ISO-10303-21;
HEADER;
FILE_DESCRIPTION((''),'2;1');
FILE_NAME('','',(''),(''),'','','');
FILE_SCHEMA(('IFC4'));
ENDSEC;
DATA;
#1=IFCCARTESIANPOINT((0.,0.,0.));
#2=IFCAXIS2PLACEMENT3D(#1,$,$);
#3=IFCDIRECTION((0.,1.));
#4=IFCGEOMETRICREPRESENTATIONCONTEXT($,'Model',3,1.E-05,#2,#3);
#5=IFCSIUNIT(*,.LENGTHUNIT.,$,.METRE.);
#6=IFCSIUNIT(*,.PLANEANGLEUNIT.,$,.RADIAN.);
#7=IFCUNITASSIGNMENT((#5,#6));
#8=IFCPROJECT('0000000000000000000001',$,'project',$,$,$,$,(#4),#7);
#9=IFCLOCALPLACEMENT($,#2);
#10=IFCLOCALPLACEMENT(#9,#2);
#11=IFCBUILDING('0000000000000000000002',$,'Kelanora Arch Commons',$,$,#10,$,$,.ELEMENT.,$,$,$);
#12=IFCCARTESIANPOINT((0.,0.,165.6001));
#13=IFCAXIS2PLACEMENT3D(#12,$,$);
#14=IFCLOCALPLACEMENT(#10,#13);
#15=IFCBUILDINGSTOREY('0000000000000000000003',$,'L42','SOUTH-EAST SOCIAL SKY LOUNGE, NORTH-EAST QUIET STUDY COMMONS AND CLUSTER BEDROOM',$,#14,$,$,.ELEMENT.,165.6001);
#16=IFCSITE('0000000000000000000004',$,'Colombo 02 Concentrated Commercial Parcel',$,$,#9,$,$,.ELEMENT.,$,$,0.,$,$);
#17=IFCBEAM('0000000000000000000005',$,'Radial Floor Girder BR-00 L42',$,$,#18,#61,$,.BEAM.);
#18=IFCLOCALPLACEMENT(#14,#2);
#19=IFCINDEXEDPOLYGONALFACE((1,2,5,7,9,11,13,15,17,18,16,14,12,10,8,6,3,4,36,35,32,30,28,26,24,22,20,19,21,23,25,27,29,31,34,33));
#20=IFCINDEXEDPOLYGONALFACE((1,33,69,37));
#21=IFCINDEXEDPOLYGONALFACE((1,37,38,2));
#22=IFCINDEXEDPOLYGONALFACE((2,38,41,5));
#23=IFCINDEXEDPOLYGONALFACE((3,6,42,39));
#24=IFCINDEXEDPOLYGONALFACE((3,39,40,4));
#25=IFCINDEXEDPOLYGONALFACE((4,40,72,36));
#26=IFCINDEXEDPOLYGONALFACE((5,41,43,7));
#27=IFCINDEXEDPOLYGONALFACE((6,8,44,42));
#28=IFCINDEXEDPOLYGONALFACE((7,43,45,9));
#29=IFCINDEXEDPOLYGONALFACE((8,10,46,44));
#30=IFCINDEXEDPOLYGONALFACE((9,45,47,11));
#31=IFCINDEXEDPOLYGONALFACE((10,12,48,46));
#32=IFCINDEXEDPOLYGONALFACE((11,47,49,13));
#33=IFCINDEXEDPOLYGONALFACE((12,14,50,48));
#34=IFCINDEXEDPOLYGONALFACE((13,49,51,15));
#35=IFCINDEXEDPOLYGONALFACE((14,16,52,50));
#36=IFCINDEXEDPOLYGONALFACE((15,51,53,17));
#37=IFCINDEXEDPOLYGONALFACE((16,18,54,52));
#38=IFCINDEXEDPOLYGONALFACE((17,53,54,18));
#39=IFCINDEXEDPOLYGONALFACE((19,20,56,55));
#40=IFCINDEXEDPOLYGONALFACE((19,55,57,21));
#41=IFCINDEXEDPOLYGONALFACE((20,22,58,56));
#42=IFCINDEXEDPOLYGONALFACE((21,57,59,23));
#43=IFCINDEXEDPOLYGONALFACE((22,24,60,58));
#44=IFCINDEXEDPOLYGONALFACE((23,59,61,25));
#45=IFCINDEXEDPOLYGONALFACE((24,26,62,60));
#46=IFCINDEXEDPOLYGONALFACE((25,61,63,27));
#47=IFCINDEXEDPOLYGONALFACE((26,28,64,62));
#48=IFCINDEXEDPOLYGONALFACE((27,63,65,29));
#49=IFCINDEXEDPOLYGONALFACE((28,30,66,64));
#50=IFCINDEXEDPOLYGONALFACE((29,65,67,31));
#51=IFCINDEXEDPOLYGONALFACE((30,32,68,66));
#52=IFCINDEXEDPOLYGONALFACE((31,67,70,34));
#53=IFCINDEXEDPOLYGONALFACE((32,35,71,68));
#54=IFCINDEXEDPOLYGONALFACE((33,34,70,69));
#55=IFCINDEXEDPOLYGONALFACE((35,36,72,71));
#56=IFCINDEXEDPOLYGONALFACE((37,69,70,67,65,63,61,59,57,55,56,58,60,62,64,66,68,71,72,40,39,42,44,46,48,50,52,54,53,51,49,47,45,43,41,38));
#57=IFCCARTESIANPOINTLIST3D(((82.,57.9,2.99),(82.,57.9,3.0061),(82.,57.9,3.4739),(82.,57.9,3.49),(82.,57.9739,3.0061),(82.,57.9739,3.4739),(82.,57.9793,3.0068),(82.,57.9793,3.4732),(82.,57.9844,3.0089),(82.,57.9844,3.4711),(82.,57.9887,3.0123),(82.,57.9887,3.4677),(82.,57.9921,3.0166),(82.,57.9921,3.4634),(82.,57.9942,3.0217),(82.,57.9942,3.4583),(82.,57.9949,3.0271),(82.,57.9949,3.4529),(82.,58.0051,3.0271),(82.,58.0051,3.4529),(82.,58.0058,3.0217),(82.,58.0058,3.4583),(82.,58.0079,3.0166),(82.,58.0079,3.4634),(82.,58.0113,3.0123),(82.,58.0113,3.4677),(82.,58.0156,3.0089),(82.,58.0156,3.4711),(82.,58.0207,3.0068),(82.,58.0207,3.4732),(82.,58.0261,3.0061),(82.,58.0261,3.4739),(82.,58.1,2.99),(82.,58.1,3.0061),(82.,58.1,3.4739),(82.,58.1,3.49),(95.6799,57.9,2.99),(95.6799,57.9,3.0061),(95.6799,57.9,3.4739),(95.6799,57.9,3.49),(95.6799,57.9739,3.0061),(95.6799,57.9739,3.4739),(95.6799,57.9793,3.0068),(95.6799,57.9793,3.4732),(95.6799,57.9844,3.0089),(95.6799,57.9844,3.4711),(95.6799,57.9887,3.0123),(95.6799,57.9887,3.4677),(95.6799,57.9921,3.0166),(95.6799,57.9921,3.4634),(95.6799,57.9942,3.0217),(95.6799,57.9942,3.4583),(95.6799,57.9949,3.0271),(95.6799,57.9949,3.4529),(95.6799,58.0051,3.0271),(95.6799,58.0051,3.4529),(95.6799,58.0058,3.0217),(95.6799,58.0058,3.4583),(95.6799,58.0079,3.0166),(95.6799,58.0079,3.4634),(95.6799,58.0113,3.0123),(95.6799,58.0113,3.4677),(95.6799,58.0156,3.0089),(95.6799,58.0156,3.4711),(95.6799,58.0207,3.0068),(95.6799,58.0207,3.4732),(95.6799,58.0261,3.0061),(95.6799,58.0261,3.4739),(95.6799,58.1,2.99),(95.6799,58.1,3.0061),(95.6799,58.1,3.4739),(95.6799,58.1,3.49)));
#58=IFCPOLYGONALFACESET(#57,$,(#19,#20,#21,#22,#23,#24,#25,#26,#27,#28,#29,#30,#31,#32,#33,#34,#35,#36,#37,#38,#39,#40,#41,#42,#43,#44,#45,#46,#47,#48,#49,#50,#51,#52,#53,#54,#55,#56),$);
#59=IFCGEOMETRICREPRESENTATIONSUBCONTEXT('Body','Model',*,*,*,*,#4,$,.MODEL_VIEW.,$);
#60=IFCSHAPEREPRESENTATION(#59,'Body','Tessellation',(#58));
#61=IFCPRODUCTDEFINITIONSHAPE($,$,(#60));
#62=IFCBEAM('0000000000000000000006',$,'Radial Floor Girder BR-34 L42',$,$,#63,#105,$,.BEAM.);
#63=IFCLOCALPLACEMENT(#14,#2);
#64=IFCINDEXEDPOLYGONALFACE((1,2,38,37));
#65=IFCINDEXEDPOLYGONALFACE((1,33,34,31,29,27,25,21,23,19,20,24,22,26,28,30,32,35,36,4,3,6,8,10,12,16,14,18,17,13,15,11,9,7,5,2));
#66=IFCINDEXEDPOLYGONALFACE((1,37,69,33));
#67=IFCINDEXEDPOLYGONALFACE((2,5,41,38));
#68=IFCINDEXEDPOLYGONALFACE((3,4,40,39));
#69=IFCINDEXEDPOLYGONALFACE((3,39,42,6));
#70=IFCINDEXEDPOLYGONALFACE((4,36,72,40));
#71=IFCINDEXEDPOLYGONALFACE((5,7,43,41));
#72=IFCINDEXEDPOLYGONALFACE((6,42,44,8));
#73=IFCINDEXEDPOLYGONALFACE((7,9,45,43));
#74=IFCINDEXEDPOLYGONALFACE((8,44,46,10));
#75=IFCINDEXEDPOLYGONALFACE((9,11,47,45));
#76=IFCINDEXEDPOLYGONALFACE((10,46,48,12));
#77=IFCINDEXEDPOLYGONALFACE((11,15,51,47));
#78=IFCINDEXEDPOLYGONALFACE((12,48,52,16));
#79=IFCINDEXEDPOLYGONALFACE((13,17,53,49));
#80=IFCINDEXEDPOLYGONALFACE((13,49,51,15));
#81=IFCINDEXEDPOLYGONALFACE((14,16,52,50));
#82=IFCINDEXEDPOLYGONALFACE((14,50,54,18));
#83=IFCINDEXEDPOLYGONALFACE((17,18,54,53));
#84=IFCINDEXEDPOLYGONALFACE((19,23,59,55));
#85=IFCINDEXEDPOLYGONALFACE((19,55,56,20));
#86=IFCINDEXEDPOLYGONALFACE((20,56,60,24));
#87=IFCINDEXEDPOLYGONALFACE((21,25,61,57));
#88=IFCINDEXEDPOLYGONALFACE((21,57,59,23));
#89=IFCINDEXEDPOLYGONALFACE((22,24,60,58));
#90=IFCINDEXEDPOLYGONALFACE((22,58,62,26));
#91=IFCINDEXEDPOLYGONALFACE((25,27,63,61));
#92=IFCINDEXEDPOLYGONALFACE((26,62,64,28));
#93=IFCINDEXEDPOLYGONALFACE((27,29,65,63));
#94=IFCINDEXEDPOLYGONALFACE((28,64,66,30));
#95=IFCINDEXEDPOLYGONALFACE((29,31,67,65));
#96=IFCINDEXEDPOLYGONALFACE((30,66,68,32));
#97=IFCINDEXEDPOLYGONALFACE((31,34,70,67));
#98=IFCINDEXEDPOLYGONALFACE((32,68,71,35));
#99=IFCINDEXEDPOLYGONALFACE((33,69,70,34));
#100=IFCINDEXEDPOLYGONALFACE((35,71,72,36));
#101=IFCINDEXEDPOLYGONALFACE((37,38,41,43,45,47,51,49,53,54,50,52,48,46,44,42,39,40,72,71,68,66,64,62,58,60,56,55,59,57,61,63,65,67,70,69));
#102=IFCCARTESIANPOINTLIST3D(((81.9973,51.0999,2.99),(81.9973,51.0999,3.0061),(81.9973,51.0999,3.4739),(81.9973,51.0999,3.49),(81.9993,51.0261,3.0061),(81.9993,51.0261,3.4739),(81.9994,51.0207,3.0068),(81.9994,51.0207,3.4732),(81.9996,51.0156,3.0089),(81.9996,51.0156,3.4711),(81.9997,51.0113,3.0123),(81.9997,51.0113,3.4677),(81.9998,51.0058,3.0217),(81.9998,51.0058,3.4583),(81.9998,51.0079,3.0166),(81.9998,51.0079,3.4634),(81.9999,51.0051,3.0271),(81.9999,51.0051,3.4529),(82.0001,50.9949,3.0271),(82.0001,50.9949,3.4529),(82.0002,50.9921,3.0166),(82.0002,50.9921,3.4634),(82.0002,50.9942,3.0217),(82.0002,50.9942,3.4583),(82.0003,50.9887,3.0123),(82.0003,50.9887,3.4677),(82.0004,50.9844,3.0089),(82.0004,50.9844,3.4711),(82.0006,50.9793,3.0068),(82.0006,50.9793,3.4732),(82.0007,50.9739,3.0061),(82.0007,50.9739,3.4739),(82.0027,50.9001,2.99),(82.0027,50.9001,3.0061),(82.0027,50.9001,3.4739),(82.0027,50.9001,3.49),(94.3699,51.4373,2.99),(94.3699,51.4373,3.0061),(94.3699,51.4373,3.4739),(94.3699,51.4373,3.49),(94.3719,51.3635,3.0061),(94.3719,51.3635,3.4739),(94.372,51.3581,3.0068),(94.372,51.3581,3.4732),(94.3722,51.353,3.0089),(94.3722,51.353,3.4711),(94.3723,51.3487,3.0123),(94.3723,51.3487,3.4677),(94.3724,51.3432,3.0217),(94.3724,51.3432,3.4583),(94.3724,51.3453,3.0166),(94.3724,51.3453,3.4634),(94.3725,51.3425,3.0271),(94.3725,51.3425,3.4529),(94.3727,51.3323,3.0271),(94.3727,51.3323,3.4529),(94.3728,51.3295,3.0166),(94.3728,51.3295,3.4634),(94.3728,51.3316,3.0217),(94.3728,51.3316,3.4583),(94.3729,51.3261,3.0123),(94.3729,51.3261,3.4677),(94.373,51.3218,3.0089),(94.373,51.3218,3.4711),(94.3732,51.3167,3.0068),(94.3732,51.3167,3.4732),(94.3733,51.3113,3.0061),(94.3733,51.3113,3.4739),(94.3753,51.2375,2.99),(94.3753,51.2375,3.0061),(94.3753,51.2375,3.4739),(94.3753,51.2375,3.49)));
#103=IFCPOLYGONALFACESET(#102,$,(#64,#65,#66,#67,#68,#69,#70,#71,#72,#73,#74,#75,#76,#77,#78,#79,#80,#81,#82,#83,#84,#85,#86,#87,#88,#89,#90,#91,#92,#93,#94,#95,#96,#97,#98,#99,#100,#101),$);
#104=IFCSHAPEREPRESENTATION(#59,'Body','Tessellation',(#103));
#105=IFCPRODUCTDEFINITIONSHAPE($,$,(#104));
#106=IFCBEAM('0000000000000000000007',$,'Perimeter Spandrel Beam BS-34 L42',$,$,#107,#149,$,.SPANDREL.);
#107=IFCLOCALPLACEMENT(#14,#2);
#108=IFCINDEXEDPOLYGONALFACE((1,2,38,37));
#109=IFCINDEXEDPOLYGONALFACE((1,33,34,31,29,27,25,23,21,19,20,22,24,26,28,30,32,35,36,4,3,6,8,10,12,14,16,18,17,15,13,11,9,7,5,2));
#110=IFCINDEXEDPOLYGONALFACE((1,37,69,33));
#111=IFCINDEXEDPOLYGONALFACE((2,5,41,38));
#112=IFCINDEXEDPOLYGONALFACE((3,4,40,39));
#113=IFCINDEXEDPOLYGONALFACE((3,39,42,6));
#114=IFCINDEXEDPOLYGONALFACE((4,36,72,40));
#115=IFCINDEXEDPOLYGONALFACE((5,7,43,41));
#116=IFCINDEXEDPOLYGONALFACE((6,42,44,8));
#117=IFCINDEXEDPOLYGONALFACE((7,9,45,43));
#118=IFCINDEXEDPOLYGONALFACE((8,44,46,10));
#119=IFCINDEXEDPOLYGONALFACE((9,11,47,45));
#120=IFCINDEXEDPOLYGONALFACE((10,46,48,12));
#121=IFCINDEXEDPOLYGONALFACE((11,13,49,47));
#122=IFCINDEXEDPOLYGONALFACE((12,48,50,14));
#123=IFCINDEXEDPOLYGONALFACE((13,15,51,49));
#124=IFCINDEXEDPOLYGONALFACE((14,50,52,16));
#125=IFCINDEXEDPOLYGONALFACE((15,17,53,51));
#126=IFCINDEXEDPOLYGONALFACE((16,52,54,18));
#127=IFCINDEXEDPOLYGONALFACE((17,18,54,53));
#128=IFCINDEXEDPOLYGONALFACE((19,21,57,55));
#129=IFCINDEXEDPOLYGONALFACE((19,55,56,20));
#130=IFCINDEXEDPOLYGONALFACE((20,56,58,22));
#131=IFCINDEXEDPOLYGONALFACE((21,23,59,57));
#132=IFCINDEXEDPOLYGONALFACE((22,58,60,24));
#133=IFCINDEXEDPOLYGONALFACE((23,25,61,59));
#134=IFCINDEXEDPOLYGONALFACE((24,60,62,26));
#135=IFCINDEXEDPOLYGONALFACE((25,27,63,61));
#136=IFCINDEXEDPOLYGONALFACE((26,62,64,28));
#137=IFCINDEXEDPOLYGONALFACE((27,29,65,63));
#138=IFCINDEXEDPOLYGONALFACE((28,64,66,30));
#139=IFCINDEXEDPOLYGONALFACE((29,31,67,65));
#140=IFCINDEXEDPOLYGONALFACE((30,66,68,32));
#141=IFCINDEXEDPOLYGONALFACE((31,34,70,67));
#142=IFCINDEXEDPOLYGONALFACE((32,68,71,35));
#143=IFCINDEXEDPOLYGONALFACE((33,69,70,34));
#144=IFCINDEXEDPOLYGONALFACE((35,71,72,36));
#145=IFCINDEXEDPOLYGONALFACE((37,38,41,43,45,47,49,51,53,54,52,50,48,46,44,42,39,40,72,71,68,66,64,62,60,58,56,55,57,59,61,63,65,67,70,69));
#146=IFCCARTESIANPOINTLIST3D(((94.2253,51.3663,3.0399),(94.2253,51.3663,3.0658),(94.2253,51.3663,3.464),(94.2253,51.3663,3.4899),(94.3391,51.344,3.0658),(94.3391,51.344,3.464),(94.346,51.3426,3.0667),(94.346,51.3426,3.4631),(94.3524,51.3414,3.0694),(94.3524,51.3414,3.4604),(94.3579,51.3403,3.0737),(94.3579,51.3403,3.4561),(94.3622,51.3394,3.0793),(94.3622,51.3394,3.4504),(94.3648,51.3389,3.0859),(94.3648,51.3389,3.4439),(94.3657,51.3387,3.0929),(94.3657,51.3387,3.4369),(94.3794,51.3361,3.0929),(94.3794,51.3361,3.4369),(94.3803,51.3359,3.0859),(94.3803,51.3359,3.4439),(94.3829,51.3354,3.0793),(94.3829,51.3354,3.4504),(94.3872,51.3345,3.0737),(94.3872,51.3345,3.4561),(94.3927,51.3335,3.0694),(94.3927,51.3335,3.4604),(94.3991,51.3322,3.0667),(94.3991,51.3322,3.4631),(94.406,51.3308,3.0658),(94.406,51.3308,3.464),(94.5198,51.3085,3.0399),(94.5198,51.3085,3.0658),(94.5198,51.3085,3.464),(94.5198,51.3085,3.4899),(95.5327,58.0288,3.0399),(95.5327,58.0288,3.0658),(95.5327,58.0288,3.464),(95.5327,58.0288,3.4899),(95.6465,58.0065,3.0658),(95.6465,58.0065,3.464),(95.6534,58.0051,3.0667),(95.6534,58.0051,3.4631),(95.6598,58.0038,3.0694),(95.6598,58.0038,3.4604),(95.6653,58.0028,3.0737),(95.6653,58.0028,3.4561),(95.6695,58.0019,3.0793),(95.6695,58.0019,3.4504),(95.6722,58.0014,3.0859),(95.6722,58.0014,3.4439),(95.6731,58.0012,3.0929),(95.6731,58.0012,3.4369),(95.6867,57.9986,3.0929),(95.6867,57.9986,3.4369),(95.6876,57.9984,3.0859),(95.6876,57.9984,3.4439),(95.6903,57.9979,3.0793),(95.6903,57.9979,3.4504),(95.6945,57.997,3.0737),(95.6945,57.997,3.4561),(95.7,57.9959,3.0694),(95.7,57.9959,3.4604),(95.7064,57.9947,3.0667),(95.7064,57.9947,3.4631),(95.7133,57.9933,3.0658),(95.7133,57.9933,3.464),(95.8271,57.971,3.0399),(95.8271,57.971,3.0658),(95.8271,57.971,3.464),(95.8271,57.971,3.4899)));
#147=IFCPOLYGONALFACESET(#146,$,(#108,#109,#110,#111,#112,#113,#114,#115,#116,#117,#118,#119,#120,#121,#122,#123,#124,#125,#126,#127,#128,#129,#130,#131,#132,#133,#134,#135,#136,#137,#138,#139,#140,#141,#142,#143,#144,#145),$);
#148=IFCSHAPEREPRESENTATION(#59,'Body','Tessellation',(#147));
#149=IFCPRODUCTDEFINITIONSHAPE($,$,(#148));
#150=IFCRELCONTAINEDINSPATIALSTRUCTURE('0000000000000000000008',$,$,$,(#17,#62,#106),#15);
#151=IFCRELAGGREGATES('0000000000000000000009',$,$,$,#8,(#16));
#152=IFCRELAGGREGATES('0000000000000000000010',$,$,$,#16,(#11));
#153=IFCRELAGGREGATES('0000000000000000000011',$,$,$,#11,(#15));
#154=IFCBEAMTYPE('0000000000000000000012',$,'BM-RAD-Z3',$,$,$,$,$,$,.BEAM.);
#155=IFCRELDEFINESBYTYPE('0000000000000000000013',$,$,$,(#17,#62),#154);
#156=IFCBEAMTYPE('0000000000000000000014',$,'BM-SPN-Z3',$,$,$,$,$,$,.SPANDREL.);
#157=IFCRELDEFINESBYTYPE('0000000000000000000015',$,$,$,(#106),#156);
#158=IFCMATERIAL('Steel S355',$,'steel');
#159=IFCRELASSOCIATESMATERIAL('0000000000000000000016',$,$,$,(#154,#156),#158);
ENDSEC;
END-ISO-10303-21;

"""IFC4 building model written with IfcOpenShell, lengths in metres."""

from ifc_helpers import new_model, si_unit, direction, frame, origin, origin_2d, place, context, subcontext, project, spatial, i_section, extrude, material, material_profile, profile_set, type_object, element, save


model = new_model("IFC4")

# Units and contexts
model_context = context("Model", 3, precision=1e-05, world=origin(), true_north=direction((0.0, 1.0)))
body_context = subcontext(model_context, "Body", "Model", "MODEL_VIEW")
ifc_project = project(units=[si_unit("LENGTHUNIT", "METRE"), si_unit("PLANEANGLEUNIT", "RADIAN")], contexts=[model_context])

# Site, building, storey
site_placement = place(None, origin())
site = spatial("IfcSite", under=ifc_project, at=site_placement, Name="Colombo 02 Concentrated Commercial Parcel", CompositionType="ELEMENT", RefElevation=0.0)
building_placement = place(site_placement, origin())
building = spatial("IfcBuilding", under=site, at=building_placement, Name="Kelanora Arch Commons", CompositionType="ELEMENT")
storey_placement = place(building_placement, frame((0.0, 0.0, 165.6001)))
storey = spatial("IfcBuildingStorey", under=building, at=storey_placement, Name="L42", Description="SOUTH-EAST SOCIAL SKY LOUNGE, NORTH-EAST QUIET STUDY COMMONS AND CLUSTER BEDROOM", CompositionType="ELEMENT", Elevation=165.6001)

# Beams
ifc_material_1 = material(Name="Steel S355", Category="steel")
ifc_material_profile_1 = material_profile(ifc_material_1, i_section(OverallWidth=0.2, OverallDepth=0.5, WebThickness=0.0103, FlangeThickness=0.0161, FilletRadius=0.021, at=origin_2d()), Name="IPE500")
ifc_profile_set_1 = profile_set([ifc_material_profile_1], Name="Steel S355")
beam_type_1 = type_object("IfcBeamType", Name="BM-RAD-Z3", PredefinedType="BEAM", material=ifc_profile_set_1)
beam_1_placement = place(storey_placement, frame((82.0, 58.0, 3.24), z_axis=(1.0, 0.0, 0.0), x_axis=(0.0, 1.0, 0.0)))
element("IfcBeam", 1, at=beam_1_placement, inside=storey, type_object=beam_type_1, Name="Radial Floor Girder BR-00 L42", PredefinedType="BEAM", context=body_context, shape_type="SweptSolid", body=[
    extrude(i_section(OverallWidth=0.2, OverallDepth=0.5, WebThickness=0.0103, FlangeThickness=0.0161, FilletRadius=0.021, at=origin_2d()), origin(), (0.0, 0.0, 1.0), 13.6799),
])
beam_2_placement = place(storey_placement, frame((82.0, 51.0, 3.24), z_axis=(0.999628, 0.02726, 0.0), x_axis=(-0.02726, 0.999628, 0.0)))
element("IfcBeam", 2, at=beam_2_placement, inside=storey, type_object=beam_type_1, Name="Radial Floor Girder BR-34 L42", PredefinedType="BEAM", context=body_context, shape_type="SweptSolid", body=[
    extrude(i_section(OverallWidth=0.2, OverallDepth=0.5, WebThickness=0.0103, FlangeThickness=0.0161, FilletRadius=0.021, at=origin_2d()), origin(), (0.0, 0.0, 1.0), 12.3772),
])
ifc_material_profile_2 = material_profile(ifc_material_1, i_section(OverallWidth=0.3, OverallDepth=0.45, WebThickness=0.0139, FlangeThickness=0.0259, FilletRadius=0.0271, at=origin_2d()), Name="HEB450")
ifc_profile_set_2 = profile_set([ifc_material_profile_2], Name="Steel S355")
beam_type_2 = type_object("IfcBeamType", Name="BM-SPN-Z3", PredefinedType="SPANDREL", material=ifc_profile_set_2)
beam_3_placement = place(storey_placement, frame((94.3726, 51.3374, 3.2649), z_axis=(0.192554, 0.981286, 0.0), x_axis=(-0.981286, 0.192554, 0.0)))
element("IfcBeam", 3, at=beam_3_placement, inside=storey, type_object=beam_type_2, Name="Perimeter Spandrel Beam BS-34 L42", PredefinedType="SPANDREL", context=body_context, shape_type="SweptSolid", body=[
    extrude(i_section(OverallWidth=0.3, OverallDepth=0.45, WebThickness=0.0139, FlangeThickness=0.0259, FilletRadius=0.0271, at=origin_2d()), origin(), (0.0, 0.0, 1.0), 6.7896),
])

save(model, "model.ifc")
